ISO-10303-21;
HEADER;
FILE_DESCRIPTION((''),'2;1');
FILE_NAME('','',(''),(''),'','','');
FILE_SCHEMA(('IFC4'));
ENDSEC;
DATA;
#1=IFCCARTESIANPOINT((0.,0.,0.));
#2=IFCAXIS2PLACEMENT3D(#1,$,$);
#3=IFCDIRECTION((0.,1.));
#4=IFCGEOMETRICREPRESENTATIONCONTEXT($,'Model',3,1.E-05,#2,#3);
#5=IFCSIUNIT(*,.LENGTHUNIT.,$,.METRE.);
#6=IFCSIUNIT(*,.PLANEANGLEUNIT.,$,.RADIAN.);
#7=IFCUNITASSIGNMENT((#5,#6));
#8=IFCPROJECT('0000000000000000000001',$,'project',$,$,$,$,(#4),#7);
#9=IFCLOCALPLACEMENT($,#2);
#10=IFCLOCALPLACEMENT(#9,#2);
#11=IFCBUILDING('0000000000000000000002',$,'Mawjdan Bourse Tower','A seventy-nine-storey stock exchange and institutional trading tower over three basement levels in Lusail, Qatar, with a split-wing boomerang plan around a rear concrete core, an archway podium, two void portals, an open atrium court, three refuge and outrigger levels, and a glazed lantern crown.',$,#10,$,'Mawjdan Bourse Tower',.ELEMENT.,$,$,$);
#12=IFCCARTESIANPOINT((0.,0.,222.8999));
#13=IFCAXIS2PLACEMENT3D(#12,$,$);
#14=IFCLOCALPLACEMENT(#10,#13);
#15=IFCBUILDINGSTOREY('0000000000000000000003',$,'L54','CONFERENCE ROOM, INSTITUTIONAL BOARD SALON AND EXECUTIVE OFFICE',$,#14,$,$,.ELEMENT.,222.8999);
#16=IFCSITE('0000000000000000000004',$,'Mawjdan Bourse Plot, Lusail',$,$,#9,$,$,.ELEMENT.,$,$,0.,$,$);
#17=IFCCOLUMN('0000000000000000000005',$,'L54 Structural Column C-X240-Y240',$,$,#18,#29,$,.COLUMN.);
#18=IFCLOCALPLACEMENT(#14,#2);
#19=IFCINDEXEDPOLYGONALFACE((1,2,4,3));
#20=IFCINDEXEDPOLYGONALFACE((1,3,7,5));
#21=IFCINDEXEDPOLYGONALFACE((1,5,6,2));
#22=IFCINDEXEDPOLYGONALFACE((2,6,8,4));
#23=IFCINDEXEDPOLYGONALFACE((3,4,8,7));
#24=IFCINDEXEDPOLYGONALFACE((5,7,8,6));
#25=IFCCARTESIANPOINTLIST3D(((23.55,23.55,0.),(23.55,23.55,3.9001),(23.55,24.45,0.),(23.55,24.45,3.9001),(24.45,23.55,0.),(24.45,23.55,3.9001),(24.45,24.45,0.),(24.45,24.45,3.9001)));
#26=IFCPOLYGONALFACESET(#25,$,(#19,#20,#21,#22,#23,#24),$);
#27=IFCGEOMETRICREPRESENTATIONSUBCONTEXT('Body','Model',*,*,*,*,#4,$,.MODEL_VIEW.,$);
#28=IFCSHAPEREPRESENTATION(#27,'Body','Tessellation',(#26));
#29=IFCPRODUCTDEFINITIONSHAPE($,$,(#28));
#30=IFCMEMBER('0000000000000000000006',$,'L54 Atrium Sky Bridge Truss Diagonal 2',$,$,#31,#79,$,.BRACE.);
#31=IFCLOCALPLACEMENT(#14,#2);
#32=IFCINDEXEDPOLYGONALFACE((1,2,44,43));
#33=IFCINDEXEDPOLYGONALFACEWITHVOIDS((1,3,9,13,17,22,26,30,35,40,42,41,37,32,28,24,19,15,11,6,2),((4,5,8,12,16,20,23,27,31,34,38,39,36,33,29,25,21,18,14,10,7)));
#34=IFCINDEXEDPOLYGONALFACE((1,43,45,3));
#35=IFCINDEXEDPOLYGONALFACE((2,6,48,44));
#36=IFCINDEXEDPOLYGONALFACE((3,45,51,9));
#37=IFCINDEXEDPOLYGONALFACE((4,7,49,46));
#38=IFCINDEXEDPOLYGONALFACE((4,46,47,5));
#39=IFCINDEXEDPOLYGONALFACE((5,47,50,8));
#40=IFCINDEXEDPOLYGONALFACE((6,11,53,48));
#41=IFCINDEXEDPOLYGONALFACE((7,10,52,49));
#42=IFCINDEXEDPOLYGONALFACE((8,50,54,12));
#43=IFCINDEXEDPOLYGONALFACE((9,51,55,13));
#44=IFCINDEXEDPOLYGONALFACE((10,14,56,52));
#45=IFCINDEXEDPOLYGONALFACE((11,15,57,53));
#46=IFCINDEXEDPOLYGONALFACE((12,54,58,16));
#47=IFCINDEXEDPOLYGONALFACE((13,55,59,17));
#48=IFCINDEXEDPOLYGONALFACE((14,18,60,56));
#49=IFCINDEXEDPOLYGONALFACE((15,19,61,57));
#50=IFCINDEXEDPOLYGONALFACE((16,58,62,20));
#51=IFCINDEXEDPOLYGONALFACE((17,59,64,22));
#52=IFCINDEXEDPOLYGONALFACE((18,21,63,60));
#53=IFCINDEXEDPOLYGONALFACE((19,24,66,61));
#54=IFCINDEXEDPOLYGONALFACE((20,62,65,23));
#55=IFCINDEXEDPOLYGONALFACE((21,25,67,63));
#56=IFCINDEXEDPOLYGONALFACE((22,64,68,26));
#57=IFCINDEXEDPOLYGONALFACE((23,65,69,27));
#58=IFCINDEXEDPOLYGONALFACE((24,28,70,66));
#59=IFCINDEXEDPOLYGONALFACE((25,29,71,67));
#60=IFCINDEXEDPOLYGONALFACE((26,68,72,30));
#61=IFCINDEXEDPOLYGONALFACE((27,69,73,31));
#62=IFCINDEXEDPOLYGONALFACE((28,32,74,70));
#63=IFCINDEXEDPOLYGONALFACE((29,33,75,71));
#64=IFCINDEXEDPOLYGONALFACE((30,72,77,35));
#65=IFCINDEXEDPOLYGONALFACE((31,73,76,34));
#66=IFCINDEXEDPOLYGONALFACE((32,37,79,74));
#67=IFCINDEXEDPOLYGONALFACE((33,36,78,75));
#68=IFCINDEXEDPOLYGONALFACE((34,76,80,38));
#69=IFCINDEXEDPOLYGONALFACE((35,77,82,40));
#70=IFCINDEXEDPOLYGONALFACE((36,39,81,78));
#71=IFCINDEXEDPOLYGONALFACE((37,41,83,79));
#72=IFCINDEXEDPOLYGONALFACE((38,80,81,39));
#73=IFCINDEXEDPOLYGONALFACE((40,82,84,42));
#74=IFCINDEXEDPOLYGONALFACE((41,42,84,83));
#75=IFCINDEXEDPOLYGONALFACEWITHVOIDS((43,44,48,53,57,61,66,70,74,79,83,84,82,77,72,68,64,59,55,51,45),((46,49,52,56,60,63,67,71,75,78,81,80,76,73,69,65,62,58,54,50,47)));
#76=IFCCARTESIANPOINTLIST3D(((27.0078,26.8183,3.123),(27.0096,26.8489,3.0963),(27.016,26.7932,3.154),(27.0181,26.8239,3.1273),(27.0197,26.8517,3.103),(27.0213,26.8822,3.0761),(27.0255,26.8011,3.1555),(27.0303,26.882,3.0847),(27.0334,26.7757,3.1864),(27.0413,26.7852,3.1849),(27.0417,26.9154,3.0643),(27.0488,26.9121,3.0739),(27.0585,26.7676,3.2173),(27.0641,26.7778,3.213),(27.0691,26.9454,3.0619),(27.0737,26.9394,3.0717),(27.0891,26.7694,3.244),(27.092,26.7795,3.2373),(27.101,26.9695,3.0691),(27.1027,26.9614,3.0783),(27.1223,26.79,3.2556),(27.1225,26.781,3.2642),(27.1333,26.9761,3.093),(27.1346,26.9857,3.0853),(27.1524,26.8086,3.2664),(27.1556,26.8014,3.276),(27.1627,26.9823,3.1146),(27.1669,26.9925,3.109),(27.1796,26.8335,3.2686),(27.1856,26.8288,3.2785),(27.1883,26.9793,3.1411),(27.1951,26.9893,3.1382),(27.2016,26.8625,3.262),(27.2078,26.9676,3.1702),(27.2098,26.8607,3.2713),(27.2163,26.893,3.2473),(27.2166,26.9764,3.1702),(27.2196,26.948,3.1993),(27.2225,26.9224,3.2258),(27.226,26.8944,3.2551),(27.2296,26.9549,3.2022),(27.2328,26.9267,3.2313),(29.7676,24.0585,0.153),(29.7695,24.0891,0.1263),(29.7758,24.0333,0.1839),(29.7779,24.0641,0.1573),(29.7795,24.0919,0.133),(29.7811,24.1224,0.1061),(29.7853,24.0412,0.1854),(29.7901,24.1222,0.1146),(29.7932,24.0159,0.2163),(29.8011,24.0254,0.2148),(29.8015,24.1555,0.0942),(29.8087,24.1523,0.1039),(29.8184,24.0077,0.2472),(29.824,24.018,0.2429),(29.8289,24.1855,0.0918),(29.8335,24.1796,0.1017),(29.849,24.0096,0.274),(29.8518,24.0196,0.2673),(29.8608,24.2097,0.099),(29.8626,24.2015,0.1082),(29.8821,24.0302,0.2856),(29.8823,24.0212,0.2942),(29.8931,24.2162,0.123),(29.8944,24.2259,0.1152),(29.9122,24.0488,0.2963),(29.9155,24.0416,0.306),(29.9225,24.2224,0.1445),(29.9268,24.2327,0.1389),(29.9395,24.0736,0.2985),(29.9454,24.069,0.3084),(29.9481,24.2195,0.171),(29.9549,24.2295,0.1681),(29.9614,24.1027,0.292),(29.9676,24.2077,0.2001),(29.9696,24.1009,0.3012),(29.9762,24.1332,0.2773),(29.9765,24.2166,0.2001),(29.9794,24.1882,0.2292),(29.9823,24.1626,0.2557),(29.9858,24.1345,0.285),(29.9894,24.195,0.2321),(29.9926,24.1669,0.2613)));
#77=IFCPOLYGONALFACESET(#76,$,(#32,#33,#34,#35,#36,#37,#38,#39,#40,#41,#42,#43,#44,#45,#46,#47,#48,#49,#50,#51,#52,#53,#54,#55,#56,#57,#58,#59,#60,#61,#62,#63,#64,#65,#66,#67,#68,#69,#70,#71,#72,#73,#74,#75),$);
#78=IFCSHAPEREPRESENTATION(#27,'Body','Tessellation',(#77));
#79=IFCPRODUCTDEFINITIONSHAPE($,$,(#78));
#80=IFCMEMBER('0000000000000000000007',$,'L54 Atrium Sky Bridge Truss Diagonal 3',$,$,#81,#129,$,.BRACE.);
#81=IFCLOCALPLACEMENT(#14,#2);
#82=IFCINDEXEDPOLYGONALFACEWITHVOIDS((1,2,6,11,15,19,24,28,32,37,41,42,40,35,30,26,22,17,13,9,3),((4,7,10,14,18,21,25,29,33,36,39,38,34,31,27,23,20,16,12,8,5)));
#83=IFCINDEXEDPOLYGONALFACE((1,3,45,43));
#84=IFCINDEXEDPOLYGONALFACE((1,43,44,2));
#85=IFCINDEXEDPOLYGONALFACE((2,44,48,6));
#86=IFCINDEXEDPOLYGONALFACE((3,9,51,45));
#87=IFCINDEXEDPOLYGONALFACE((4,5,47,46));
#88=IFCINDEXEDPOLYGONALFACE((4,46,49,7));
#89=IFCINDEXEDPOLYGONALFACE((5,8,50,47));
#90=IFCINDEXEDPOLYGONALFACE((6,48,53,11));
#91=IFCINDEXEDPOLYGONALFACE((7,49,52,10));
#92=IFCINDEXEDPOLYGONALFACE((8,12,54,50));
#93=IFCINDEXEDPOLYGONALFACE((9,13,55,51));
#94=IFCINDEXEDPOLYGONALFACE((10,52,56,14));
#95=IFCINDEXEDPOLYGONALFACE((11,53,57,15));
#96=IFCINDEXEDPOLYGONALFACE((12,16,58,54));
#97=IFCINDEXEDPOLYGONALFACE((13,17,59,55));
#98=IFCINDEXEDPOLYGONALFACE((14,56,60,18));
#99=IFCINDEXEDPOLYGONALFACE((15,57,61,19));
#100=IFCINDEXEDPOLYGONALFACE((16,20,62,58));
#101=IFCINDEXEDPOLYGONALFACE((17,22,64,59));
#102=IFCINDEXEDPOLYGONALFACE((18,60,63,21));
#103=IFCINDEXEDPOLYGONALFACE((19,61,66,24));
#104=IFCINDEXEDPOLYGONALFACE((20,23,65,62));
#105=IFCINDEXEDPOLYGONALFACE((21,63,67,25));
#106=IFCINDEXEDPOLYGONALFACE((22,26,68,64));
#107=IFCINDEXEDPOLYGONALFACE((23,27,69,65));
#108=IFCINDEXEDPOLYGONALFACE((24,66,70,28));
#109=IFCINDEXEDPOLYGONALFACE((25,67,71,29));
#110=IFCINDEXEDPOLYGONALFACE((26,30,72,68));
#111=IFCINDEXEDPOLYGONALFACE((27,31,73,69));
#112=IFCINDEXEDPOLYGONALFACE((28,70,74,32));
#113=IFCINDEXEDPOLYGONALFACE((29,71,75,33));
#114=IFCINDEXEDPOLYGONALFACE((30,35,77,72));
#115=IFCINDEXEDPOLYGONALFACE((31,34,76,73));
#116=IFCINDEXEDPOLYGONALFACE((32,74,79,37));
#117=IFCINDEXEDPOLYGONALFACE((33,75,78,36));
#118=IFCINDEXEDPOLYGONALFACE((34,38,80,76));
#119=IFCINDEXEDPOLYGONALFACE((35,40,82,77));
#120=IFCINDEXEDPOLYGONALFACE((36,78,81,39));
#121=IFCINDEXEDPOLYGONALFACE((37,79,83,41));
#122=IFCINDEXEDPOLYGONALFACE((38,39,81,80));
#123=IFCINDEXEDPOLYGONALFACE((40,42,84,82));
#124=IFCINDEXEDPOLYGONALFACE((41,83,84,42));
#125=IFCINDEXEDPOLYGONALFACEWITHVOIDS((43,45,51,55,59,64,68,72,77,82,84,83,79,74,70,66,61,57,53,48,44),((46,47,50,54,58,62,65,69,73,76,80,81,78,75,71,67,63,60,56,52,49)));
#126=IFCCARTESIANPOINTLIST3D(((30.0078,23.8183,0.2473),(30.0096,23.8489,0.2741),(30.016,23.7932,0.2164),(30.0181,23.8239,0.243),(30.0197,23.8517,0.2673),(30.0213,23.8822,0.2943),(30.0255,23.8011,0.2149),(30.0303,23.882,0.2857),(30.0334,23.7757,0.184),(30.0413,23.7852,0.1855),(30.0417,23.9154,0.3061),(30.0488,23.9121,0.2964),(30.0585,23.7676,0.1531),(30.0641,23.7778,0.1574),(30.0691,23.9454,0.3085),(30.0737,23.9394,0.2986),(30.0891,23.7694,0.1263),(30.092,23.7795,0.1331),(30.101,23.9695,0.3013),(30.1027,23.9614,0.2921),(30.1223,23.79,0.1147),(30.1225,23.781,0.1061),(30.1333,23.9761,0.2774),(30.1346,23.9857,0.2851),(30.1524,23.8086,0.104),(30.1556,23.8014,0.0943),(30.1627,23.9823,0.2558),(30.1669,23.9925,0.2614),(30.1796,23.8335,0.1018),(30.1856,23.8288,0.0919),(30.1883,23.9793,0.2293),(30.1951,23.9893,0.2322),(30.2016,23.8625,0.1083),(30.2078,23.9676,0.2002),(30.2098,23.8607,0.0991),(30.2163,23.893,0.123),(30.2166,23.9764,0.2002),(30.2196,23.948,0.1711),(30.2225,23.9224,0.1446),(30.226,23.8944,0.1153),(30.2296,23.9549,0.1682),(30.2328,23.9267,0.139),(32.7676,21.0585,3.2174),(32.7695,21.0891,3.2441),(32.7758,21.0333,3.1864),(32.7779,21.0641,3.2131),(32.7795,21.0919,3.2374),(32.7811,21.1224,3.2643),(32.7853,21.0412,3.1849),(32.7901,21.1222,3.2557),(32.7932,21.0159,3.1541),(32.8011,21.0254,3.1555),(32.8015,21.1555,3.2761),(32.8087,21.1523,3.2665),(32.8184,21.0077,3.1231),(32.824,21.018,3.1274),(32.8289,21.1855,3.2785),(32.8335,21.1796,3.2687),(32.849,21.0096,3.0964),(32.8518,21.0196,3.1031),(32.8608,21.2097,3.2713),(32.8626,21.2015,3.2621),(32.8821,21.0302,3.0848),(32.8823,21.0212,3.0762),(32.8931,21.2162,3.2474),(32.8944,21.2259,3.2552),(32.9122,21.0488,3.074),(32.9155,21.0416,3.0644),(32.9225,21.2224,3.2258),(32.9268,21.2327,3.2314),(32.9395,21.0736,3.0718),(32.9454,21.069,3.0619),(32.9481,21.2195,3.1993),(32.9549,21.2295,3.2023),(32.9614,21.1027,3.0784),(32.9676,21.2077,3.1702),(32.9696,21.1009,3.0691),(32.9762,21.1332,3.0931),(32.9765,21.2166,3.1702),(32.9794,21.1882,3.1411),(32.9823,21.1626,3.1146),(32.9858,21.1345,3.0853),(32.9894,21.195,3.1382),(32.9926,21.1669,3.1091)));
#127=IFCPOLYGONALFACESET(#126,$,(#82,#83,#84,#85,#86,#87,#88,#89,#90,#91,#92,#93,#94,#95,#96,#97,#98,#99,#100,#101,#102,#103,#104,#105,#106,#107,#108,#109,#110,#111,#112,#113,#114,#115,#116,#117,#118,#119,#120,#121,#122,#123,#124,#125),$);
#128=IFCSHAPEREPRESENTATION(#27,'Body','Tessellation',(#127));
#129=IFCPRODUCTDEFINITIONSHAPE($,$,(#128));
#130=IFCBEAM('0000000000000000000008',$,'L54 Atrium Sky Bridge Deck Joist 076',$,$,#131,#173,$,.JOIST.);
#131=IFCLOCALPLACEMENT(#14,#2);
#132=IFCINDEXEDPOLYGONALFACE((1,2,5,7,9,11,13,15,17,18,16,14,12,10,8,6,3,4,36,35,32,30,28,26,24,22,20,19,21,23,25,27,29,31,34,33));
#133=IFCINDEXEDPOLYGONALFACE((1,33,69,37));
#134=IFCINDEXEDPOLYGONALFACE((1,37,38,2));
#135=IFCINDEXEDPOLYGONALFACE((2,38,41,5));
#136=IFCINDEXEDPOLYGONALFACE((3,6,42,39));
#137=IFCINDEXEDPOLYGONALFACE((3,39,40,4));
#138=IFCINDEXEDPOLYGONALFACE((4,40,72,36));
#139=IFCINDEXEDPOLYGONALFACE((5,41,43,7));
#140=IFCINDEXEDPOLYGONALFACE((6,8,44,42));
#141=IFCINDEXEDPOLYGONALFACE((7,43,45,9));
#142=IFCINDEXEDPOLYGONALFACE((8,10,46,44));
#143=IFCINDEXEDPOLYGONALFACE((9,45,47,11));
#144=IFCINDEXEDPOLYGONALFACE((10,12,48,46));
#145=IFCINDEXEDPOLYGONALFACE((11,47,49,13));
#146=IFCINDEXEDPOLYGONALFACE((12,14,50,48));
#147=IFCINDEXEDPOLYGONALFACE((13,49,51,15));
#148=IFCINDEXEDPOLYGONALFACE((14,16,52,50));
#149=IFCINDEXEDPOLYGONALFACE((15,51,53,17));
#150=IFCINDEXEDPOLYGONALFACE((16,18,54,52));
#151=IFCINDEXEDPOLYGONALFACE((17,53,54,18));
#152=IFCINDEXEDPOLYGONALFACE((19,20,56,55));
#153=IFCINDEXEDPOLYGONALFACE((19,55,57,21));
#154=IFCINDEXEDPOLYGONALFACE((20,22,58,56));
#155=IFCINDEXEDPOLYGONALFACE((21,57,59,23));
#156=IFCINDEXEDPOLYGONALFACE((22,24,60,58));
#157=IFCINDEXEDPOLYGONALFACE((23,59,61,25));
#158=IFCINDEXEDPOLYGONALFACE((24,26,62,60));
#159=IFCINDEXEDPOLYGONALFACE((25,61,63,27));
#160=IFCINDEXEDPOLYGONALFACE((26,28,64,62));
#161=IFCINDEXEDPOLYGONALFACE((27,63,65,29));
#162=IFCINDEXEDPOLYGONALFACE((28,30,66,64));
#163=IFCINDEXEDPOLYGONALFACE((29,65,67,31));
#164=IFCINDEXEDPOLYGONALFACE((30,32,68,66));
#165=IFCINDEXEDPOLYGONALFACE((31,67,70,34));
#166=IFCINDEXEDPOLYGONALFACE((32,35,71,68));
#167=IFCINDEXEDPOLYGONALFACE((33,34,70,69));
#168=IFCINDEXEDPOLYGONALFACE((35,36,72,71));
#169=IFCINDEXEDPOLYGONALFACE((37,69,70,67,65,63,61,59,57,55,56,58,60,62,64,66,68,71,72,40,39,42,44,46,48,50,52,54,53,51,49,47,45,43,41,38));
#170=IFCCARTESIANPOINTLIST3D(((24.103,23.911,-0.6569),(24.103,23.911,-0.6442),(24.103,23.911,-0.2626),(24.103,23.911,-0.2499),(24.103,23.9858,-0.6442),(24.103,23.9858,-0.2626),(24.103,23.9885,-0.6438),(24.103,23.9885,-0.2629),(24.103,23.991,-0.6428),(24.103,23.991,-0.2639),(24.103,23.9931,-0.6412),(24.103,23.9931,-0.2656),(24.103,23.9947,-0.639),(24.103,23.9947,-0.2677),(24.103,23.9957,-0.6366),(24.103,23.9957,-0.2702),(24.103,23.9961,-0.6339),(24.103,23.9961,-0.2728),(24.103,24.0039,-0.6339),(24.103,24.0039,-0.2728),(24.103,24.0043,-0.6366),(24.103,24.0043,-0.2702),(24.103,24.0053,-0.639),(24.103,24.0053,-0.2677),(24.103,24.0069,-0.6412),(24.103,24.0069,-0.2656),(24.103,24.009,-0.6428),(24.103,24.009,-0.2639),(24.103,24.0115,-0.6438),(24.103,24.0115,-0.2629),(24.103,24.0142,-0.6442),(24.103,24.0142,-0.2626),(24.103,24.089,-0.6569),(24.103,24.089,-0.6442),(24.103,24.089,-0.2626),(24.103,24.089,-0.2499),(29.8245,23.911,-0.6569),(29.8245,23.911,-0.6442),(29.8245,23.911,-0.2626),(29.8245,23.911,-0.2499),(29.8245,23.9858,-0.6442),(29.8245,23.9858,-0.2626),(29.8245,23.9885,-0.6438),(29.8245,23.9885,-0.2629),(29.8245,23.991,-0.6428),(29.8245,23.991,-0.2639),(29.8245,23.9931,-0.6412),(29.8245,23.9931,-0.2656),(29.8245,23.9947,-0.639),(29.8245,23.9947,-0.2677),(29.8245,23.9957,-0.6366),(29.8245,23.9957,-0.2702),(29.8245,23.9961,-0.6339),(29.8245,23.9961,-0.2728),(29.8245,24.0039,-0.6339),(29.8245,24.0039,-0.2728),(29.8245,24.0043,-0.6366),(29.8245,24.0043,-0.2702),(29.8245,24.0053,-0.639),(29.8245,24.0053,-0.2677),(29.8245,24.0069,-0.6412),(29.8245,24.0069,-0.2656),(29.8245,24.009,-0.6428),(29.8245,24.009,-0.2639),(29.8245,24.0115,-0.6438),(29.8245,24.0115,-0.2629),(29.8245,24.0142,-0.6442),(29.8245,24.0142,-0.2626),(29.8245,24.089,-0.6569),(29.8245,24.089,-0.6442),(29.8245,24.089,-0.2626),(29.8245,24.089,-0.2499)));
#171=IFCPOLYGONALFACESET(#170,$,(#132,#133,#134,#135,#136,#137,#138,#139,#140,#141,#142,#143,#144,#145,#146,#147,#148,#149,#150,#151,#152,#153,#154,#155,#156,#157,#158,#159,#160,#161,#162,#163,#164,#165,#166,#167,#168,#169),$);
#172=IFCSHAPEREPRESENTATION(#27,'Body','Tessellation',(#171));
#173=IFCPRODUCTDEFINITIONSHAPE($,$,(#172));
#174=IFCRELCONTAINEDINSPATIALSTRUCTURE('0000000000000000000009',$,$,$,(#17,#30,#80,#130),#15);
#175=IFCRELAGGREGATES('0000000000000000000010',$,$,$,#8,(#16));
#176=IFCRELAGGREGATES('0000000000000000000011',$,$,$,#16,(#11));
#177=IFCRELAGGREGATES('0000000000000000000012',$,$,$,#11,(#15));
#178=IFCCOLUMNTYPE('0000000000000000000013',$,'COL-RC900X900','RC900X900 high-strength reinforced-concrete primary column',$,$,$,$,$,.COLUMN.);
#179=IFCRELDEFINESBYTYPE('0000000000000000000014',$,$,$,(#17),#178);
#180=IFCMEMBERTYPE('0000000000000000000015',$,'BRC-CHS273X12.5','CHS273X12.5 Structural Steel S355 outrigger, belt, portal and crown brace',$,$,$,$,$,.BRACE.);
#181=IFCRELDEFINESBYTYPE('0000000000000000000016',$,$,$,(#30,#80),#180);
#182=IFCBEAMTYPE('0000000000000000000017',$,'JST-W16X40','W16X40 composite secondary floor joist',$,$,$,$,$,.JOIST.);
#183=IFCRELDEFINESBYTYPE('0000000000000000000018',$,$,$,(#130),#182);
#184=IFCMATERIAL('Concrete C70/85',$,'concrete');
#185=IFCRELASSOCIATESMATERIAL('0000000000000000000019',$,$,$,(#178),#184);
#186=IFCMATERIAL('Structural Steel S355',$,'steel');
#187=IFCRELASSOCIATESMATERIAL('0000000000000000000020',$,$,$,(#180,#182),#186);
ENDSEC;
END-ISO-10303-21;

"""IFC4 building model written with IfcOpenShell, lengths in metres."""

from ifc_helpers import new_model, si_unit, direction, frame, origin, origin_2d, place, context, subcontext, project, spatial, rectangle, hollow_circle, i_section, extrude, material, material_profile, profile_set, type_object, element, save


model = new_model("IFC4")

# Units and contexts
model_context = context("Model", 3, precision=1e-05, world=origin(), true_north=direction((0.0, 1.0)))
body_context = subcontext(model_context, "Body", "Model", "MODEL_VIEW")
ifc_project = project(units=[si_unit("LENGTHUNIT", "METRE"), si_unit("PLANEANGLEUNIT", "RADIAN")], contexts=[model_context])

# Site, building, storey
site_placement = place(None, origin())
site = spatial("IfcSite", under=ifc_project, at=site_placement, Name="Mawjdan Bourse Plot, Lusail", CompositionType="ELEMENT", RefElevation=0.0)
building_placement = place(site_placement, origin())
building = spatial("IfcBuilding", under=site, at=building_placement, Name="Mawjdan Bourse Tower", Description="A seventy-nine-storey stock exchange and institutional trading tower over three basement levels in Lusail, Qatar, with a split-wing boomerang plan around a rear concrete core, an archway podium, two void portals, an open atrium court, three refuge and outrigger levels, and a glazed lantern crown.", LongName="Mawjdan Bourse Tower", CompositionType="ELEMENT")
storey_placement = place(building_placement, frame((0.0, 0.0, 222.8999)))
storey = spatial("IfcBuildingStorey", under=building, at=storey_placement, Name="L54", Description="CONFERENCE ROOM, INSTITUTIONAL BOARD SALON AND EXECUTIVE OFFICE", CompositionType="ELEMENT", Elevation=222.8999)

# Column
ifc_material_1 = material(Name="Concrete C70/85", Category="concrete")
ifc_material_profile_1 = material_profile(ifc_material_1, rectangle(XDim=0.8999, YDim=0.8999, at=origin_2d()), Name="RC900X900")
ifc_profile_set_1 = profile_set([ifc_material_profile_1], Name="Concrete C70/85")
column_type = type_object("IfcColumnType", Name="COL-RC900X900", Description="RC900X900 high-strength reinforced-concrete primary column", PredefinedType="COLUMN", material=ifc_profile_set_1)
column_placement = place(storey_placement, frame((24.0, 24.0, 0.0), z_axis=(0.0, 0.0, 1.0), x_axis=(1.0, 0.0, 0.0)))
element("IfcColumn", 1, at=column_placement, inside=storey, type_object=column_type, Name="L54 Structural Column C-X240-Y240", PredefinedType="COLUMN", context=body_context, shape_type="SweptSolid", body=[
    extrude(rectangle(XDim=0.8999, YDim=0.8999, at=origin_2d()), origin(), (0.0, 0.0, 1.0), 3.9001),
])

# Members
ifc_material_2 = material(Name="Structural Steel S355", Category="steel")
ifc_material_profile_2 = material_profile(ifc_material_2, hollow_circle(Radius=0.1365, WallThickness=0.0125, at=origin_2d()), Name="CHS273X12.5")
ifc_profile_set_2 = profile_set([ifc_material_profile_2], Name="Structural Steel S355")
member_type_1 = type_object("IfcMemberType", Name="BRC-CHS273X12.5", Description="CHS273X12.5 Structural Steel S355 outrigger, belt, portal and crown brace", PredefinedType="BRACE", material=ifc_profile_set_2)
for number, where, z_axis, x_axis, name in (
    (2, (27.1201, 26.8799, 3.1702), (0.56271, -0.56271, -0.60557), (0.707107, 0.707107, 0.0), "L54 Atrium Sky Bridge Truss Diagonal 2"),
    (3, (30.1201, 23.8799, 0.2002), (0.56271, -0.56271, 0.60557), (0.707107, 0.707107, 0.0), "L54 Atrium Sky Bridge Truss Diagonal 3"),
):
    element("IfcMember", number, at=place(storey_placement, frame(where, z_axis=z_axis, x_axis=x_axis)), inside=storey, type_object=member_type_1, Name=name, PredefinedType="BRACE", context=body_context, shape_type="SweptSolid", body=[
        extrude(hollow_circle(Radius=0.1365, WallThickness=0.0125, at=origin_2d()), origin(), (0.0, 0.0, 1.0), 4.9045),
    ])

# Beam
ifc_material_profile_3 = material_profile(ifc_material_2, i_section(OverallWidth=0.178, OverallDepth=0.407, WebThickness=0.0078, FlangeThickness=0.0127, FilletRadius=0.0103, at=origin_2d()), Name="W16X40")
ifc_profile_set_3 = profile_set([ifc_material_profile_3], Name="Structural Steel S355")
beam_type_1 = type_object("IfcBeamType", Name="JST-W16X40", Description="W16X40 composite secondary floor joist", PredefinedType="JOIST", material=ifc_profile_set_3)
beam_1_placement = place(storey_placement, frame((24.103, 24.0, -0.4534), z_axis=(1.0, 0.0, 0.0), x_axis=(0.0, 1.0, 0.0)))
element("IfcBeam", 4, at=beam_1_placement, inside=storey, type_object=beam_type_1, Name="L54 Atrium Sky Bridge Deck Joist 076", PredefinedType="JOIST", context=body_context, shape_type="SweptSolid", body=[
    extrude(i_section(OverallWidth=0.178, OverallDepth=0.407, WebThickness=0.0078, FlangeThickness=0.0127, FilletRadius=0.0103, at=origin_2d()), origin(), (0.0, 0.0, 1.0), 5.7214),
])

save(model, "model.ifc")
